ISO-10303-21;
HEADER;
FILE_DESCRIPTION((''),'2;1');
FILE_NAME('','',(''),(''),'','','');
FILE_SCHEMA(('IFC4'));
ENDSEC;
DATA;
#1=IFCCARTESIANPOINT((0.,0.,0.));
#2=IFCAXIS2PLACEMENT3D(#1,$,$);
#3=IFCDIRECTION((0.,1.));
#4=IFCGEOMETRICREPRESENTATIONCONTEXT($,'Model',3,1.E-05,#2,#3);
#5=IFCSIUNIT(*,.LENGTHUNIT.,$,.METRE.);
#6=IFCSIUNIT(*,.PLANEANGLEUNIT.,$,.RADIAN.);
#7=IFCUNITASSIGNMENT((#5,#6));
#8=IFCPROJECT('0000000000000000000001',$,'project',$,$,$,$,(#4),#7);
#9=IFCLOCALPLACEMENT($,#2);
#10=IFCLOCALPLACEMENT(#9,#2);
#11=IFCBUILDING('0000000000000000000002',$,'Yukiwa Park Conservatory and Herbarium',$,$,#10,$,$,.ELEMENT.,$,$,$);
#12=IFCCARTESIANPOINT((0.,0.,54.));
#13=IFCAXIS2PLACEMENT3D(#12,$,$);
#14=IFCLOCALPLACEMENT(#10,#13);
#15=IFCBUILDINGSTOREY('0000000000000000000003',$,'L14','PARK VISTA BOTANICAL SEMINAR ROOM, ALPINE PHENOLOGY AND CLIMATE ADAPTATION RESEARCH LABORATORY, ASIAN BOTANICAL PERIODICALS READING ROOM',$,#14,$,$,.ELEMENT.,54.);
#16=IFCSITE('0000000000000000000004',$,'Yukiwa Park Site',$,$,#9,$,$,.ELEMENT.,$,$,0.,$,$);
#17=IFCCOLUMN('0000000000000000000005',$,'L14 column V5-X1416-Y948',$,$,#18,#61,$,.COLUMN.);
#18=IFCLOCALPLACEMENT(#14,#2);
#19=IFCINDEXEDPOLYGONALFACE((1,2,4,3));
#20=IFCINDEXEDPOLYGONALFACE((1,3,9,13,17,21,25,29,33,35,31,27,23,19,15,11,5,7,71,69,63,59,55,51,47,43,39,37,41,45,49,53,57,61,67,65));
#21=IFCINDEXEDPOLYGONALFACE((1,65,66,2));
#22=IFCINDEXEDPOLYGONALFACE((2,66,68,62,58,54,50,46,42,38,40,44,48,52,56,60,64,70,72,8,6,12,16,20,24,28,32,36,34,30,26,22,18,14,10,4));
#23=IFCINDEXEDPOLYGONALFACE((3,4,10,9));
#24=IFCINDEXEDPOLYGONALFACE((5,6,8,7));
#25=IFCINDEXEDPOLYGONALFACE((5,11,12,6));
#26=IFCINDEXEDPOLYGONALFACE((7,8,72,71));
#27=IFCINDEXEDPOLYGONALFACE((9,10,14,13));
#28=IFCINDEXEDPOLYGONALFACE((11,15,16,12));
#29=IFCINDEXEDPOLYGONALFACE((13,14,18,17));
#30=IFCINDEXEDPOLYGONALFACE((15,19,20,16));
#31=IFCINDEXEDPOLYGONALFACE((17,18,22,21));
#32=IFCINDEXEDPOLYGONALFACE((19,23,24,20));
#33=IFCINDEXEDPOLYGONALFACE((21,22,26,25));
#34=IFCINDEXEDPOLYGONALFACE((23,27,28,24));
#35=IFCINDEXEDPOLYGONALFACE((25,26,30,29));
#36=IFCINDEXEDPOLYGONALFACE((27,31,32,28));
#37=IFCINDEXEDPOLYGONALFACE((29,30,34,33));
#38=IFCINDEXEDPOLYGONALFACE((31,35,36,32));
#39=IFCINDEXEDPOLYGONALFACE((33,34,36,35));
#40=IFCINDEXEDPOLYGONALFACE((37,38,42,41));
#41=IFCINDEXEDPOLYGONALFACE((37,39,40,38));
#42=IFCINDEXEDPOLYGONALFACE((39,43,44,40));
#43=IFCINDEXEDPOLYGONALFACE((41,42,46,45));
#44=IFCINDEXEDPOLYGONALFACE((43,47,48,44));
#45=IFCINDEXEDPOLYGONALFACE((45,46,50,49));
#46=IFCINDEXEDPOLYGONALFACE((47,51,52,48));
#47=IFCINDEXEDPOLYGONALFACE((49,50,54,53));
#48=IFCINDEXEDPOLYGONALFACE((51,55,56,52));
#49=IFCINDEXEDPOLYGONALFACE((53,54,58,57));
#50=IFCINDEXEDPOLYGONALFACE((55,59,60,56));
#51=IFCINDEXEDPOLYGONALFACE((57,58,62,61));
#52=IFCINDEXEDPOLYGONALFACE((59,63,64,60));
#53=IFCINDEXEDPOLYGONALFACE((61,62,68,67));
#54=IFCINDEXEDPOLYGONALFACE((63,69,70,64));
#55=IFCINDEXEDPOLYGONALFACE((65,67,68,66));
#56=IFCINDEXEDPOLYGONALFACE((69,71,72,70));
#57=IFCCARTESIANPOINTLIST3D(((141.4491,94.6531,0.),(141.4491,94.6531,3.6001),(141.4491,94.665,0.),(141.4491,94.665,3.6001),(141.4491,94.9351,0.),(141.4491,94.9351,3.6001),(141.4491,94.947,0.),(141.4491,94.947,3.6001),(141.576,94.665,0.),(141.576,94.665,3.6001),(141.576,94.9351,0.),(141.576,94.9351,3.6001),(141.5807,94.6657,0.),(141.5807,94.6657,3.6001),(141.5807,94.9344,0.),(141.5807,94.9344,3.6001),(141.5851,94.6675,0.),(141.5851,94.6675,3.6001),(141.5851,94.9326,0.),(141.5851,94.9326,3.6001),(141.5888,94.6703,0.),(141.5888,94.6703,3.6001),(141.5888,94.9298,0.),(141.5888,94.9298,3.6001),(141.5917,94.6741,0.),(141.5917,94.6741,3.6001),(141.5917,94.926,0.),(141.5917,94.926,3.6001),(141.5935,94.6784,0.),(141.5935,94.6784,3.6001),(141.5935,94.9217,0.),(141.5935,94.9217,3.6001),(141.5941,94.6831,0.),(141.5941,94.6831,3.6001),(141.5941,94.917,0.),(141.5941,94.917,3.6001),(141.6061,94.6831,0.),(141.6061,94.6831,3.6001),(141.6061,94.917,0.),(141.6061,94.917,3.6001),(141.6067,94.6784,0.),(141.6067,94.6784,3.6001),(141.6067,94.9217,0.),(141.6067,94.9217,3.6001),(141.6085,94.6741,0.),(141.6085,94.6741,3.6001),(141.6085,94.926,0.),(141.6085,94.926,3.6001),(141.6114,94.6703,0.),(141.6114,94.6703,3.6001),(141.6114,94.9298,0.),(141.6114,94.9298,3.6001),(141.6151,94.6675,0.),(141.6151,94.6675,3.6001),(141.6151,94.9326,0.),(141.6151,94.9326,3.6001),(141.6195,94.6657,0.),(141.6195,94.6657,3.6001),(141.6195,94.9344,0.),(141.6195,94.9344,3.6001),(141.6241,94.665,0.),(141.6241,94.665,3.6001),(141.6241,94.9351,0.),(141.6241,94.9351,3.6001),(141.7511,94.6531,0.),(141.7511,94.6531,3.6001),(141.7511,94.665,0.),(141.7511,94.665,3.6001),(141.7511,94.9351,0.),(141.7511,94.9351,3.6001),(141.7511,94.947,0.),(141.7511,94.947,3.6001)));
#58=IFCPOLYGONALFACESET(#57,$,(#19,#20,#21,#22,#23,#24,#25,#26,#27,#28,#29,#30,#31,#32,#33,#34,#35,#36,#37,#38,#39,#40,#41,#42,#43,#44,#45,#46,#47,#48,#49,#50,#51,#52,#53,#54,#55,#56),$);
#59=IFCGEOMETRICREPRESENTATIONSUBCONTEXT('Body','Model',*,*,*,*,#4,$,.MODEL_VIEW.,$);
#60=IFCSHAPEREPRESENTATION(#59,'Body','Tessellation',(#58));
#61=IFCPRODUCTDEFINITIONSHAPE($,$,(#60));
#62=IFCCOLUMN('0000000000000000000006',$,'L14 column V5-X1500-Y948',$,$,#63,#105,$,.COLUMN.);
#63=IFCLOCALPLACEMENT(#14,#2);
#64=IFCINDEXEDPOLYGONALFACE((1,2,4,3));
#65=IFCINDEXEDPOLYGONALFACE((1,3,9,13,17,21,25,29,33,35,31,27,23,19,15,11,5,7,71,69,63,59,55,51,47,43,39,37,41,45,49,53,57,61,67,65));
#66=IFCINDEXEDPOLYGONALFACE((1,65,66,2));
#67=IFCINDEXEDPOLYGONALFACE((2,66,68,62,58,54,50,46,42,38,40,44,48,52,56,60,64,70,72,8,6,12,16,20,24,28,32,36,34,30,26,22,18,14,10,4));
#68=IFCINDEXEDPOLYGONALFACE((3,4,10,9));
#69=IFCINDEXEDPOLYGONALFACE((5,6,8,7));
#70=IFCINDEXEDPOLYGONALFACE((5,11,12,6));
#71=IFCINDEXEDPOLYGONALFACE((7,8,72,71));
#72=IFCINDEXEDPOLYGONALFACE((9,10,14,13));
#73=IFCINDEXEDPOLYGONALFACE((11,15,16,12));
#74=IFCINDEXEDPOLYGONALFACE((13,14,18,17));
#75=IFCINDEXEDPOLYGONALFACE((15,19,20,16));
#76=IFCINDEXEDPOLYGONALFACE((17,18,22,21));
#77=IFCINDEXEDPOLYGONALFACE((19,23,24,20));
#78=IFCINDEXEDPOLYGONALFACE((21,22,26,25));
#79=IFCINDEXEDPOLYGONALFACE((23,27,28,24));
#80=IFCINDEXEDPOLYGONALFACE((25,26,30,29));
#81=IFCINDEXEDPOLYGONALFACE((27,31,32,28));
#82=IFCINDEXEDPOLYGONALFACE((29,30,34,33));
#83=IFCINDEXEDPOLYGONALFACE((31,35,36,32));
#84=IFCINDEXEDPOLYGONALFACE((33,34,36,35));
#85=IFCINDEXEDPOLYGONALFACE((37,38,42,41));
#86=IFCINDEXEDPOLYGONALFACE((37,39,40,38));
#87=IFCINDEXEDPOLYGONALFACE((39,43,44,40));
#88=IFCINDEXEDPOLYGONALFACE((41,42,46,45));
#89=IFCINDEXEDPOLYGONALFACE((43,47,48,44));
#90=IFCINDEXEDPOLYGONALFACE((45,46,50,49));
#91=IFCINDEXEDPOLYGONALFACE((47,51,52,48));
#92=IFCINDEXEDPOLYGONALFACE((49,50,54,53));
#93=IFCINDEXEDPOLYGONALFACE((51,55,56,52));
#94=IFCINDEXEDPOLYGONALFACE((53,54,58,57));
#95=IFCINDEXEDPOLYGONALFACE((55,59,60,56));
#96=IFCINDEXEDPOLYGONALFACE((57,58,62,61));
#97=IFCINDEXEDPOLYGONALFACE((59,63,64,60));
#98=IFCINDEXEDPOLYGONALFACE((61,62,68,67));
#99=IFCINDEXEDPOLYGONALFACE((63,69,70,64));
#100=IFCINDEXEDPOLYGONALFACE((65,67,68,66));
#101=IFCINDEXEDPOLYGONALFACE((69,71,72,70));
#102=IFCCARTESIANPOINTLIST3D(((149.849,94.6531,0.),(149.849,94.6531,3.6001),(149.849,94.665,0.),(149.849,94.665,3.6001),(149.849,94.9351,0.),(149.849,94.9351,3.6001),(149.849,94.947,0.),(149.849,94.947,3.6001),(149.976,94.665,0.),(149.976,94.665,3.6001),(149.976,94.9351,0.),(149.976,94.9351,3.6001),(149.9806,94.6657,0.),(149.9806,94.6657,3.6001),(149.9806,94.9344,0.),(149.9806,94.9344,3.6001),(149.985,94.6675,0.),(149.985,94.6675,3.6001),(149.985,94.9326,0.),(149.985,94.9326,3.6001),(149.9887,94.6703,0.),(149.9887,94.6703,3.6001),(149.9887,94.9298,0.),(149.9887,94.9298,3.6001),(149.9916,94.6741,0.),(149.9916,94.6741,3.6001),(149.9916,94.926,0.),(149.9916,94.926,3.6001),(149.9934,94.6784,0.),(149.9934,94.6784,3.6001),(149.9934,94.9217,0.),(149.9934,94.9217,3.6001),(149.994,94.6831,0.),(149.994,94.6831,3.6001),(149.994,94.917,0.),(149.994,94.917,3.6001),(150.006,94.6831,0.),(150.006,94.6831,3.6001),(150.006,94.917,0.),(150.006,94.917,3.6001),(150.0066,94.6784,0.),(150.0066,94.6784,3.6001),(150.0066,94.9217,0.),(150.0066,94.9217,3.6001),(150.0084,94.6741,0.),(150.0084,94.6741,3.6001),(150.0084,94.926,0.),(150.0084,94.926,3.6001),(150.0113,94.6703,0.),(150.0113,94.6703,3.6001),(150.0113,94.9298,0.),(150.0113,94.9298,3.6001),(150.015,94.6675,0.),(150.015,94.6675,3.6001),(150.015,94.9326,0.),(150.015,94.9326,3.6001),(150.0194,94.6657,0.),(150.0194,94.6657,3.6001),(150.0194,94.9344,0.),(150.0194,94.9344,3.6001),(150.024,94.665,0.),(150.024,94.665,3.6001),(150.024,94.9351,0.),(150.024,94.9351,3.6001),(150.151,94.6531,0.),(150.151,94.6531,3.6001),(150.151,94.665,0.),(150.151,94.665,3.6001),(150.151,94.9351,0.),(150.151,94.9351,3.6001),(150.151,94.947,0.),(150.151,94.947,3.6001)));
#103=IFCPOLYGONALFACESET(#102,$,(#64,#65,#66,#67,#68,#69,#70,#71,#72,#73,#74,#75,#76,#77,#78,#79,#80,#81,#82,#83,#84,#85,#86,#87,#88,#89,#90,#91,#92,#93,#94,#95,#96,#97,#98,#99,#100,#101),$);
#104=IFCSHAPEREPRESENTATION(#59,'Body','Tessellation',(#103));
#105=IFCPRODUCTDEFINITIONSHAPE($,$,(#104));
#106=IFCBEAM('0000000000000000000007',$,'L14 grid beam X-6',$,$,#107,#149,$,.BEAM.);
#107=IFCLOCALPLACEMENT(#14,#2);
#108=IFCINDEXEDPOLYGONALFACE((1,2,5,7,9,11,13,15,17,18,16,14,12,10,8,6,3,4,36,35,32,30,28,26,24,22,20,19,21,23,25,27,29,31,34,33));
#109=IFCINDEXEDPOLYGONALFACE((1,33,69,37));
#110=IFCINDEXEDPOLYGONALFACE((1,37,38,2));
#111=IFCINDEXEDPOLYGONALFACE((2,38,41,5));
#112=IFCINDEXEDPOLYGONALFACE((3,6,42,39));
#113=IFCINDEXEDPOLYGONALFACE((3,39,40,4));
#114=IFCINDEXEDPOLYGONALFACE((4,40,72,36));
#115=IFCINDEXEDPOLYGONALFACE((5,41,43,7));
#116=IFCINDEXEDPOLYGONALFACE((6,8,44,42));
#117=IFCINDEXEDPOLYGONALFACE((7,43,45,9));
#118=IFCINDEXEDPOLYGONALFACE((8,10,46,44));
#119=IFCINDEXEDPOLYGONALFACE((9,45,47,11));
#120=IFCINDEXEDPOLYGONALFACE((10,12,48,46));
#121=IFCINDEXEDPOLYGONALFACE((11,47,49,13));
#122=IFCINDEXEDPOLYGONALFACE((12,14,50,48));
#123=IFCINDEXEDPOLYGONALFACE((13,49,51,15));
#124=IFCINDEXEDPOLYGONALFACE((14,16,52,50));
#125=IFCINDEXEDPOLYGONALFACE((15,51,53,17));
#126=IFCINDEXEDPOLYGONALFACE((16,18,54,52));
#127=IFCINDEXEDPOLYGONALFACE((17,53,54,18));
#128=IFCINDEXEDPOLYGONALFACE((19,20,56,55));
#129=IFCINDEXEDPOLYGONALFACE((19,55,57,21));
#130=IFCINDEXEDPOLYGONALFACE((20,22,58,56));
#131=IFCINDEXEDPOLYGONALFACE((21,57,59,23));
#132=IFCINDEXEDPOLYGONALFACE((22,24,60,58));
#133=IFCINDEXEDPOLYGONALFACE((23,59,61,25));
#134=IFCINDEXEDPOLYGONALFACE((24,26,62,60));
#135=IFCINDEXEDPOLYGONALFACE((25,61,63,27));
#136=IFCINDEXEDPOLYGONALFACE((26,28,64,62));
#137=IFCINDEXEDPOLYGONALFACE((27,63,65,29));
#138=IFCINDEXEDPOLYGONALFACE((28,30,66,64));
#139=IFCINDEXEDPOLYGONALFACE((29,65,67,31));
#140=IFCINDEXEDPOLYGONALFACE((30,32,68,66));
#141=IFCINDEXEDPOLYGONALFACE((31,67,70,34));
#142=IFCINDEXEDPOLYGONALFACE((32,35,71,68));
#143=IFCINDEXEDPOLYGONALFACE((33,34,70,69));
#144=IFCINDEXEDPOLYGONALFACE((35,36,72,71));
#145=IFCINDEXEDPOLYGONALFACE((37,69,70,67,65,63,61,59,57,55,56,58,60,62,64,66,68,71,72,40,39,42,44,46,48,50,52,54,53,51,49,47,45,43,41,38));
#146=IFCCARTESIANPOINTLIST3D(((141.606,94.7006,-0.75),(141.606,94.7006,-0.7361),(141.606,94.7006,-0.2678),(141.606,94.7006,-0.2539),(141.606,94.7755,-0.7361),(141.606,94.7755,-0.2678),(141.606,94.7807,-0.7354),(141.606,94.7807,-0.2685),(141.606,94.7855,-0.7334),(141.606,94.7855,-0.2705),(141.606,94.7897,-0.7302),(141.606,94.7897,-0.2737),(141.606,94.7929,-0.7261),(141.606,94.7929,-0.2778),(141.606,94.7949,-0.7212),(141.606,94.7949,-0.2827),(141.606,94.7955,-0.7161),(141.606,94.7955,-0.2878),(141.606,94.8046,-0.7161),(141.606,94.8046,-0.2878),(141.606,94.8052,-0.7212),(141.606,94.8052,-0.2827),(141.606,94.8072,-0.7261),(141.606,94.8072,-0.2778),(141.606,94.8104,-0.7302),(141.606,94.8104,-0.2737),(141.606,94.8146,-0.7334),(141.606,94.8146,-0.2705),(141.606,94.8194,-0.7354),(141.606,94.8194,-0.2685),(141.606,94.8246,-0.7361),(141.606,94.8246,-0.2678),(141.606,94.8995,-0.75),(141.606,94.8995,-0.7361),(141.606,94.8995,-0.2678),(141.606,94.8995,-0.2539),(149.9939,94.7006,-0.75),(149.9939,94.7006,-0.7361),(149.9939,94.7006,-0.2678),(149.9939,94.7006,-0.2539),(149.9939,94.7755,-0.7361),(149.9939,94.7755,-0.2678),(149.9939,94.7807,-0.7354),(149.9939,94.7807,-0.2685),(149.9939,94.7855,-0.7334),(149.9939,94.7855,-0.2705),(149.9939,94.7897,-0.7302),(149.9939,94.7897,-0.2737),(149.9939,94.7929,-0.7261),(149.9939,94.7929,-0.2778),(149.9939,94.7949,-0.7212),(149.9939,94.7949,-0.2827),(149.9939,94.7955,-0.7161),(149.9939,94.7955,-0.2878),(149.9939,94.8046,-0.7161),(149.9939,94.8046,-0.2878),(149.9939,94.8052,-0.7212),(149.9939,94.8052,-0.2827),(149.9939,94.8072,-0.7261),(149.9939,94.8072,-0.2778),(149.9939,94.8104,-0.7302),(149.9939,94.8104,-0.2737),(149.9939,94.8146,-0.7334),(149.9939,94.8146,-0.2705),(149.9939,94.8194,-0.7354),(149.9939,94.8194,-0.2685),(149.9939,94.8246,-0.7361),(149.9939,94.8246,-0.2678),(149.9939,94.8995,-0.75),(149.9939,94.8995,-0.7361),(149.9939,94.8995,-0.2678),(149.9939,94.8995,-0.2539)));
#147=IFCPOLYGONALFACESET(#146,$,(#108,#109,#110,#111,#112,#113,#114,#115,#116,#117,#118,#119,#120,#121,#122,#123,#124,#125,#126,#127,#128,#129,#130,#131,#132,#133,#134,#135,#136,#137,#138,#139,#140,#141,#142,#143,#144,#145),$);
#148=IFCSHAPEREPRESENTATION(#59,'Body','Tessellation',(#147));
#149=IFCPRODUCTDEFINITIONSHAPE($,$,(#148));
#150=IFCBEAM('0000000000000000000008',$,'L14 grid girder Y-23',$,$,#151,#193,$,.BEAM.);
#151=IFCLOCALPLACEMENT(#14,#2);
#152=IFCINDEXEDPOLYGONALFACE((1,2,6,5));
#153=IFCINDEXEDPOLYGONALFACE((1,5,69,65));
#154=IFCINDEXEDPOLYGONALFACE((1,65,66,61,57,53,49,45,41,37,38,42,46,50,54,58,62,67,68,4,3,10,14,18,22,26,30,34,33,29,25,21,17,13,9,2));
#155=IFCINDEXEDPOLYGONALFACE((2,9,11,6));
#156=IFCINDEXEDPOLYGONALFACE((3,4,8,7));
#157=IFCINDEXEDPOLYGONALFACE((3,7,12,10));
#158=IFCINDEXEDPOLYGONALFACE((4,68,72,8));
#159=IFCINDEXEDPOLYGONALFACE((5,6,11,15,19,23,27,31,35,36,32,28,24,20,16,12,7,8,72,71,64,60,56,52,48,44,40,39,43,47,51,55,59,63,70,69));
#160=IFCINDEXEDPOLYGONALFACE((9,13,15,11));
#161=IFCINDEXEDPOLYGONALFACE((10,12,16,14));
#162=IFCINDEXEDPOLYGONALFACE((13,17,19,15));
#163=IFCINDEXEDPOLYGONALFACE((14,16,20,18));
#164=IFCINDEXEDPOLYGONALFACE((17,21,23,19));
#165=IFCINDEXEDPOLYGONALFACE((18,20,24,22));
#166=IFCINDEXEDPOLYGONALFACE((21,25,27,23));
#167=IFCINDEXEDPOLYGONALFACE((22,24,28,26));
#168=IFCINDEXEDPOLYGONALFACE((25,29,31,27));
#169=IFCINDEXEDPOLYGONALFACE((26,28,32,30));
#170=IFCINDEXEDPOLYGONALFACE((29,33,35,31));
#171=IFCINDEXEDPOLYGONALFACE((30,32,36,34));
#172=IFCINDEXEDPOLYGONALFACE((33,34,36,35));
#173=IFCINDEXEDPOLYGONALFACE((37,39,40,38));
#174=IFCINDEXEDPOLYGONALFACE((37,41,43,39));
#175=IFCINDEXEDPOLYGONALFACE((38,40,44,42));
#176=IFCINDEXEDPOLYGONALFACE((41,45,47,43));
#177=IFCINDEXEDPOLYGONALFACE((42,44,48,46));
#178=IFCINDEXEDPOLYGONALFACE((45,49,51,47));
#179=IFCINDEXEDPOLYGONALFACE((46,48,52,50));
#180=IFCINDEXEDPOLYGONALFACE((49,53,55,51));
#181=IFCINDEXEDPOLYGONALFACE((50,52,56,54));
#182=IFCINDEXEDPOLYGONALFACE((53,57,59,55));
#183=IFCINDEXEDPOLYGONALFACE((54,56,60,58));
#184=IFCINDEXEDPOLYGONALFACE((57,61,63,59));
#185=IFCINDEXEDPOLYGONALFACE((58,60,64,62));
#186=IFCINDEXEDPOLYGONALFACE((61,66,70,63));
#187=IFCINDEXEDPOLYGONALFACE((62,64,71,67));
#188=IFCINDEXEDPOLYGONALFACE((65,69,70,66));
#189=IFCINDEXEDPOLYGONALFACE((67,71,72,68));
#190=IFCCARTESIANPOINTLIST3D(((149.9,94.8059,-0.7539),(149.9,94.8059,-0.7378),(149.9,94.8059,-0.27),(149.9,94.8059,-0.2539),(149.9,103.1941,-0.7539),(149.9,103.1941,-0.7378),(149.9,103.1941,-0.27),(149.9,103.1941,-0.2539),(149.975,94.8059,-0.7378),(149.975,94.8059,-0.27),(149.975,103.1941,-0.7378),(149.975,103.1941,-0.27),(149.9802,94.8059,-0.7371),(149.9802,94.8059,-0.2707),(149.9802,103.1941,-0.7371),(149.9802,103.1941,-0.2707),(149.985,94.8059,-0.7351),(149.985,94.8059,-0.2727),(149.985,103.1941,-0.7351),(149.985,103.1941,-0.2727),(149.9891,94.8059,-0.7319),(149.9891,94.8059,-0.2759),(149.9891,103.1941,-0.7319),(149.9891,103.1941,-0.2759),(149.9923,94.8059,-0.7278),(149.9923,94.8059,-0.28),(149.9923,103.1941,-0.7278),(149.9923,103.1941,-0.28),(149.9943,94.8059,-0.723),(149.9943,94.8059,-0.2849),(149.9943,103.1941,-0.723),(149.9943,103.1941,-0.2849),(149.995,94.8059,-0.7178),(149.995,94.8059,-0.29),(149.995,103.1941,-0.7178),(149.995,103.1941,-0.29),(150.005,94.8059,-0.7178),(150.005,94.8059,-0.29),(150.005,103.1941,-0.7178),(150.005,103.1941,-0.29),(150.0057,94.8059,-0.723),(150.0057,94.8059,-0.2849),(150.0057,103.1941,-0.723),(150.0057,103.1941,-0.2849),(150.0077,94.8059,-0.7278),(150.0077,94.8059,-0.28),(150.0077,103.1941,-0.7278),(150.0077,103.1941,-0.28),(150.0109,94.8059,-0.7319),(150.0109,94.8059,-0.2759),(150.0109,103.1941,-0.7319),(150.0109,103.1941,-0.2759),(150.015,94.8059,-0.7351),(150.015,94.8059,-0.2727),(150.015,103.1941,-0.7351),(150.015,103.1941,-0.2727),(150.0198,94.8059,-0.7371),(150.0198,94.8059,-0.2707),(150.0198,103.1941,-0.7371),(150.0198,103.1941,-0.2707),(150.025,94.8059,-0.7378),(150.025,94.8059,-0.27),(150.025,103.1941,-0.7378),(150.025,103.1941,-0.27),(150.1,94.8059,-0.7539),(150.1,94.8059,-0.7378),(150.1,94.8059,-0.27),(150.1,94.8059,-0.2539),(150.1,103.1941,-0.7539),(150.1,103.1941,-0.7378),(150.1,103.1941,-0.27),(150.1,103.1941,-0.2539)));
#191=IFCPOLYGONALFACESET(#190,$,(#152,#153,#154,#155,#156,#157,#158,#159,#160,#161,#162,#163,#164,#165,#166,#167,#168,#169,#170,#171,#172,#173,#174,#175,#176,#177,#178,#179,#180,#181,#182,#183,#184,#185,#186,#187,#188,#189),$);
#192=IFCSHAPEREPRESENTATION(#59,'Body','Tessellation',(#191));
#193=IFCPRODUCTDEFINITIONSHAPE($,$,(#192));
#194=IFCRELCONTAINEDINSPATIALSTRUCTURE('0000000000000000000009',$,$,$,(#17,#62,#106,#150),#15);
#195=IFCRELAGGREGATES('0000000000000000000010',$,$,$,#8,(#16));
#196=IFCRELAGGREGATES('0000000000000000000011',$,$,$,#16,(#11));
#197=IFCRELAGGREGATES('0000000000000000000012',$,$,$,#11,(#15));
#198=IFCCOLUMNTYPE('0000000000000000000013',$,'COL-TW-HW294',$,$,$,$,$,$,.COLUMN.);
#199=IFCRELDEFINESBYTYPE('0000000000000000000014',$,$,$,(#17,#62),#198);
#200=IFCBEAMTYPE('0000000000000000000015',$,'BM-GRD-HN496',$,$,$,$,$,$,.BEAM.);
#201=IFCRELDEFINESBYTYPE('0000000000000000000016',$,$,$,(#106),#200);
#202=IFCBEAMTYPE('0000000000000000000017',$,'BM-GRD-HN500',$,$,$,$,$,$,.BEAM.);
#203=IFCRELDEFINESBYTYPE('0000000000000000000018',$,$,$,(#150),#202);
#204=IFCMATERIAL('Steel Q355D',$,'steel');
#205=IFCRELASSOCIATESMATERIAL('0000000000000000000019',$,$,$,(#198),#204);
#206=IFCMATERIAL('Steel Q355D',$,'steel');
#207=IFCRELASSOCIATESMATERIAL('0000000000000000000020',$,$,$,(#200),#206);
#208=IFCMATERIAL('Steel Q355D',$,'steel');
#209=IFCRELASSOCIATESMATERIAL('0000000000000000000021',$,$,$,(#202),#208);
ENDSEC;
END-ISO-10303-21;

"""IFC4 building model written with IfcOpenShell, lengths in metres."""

from ifc_helpers import new_model, si_unit, direction, frame, origin, origin_2d, place, context, subcontext, project, spatial, i_section, extrude, material, material_profile, profile_set, type_object, element, save


model = new_model("IFC4")

# Units and contexts
model_context = context("Model", 3, precision=1e-05, world=origin(), true_north=direction((0.0, 1.0)))
body_context = subcontext(model_context, "Body", "Model", "MODEL_VIEW")
ifc_project = project(units=[si_unit("LENGTHUNIT", "METRE"), si_unit("PLANEANGLEUNIT", "RADIAN")], contexts=[model_context])

# Site, building, storey
site_placement = place(None, origin())
site = spatial("IfcSite", under=ifc_project, at=site_placement, Name="Yukiwa Park Site", CompositionType="ELEMENT", RefElevation=0.0)
building_placement = place(site_placement, origin())
building = spatial("IfcBuilding", under=site, at=building_placement, Name="Yukiwa Park Conservatory and Herbarium", CompositionType="ELEMENT")
storey_placement = place(building_placement, frame((0.0, 0.0, 54.0)))
storey = spatial("IfcBuildingStorey", under=building, at=storey_placement, Name="L14", Description="PARK VISTA BOTANICAL SEMINAR ROOM, ALPINE PHENOLOGY AND CLIMATE ADAPTATION RESEARCH LABORATORY, ASIAN BOTANICAL PERIODICALS READING ROOM", CompositionType="ELEMENT", Elevation=54.0)

# Columns
ifc_material_1 = material(Name="Steel Q355D", Category="steel")
ifc_material_profile_1 = material_profile(ifc_material_1, i_section(OverallWidth=0.302, OverallDepth=0.2939, WebThickness=0.012, FlangeThickness=0.012, FilletRadius=0.0181, at=origin_2d()), Name="HW 294x302x12x12")
ifc_profile_set_1 = profile_set([ifc_material_profile_1], Name="Steel Q355D")
column_type = type_object("IfcColumnType", Name="COL-TW-HW294", PredefinedType="COLUMN", material=ifc_profile_set_1)
for number, where, z_axis, x_axis, name in (
    (1, (141.6001, 94.8, 0.0), (0.0, 0.0, 1.0), (1.0, 0.0, 0.0), "L14 column V5-X1416-Y948"),
    (2, (150.0, 94.8, 0.0), (0.0, 0.0, 1.0), (1.0, 0.0, 0.0), "L14 column V5-X1500-Y948"),
):
    element("IfcColumn", number, at=place(storey_placement, frame(where, z_axis=z_axis, x_axis=x_axis)), inside=storey, type_object=column_type, Name=name, PredefinedType="COLUMN", context=body_context, shape_type="SweptSolid", body=[
        extrude(i_section(OverallWidth=0.302, OverallDepth=0.2939, WebThickness=0.012, FlangeThickness=0.012, FilletRadius=0.0181, at=origin_2d()), origin(), (0.0, 0.0, 1.0), 3.6001),
    ])

# Beams
ifc_material_2 = material(Name="Steel Q355D", Category="steel")
ifc_material_profile_2 = material_profile(ifc_material_2, i_section(OverallWidth=0.199, OverallDepth=0.4961, WebThickness=0.009, FlangeThickness=0.0139, FilletRadius=0.02, at=origin_2d()), Name="HN 496x199x9x14")
ifc_profile_set_2 = profile_set([ifc_material_profile_2], Name="Steel Q355D")
beam_type_1 = type_object("IfcBeamType", Name="BM-GRD-HN496", PredefinedType="BEAM", material=ifc_profile_set_2)
beam_1_placement = place(storey_placement, frame((141.606, 94.8, -0.502), z_axis=(1.0, 0.0, 0.0), x_axis=(0.0, 1.0, 0.0)))
element("IfcBeam", 3, at=beam_1_placement, inside=storey, type_object=beam_type_1, Name="L14 grid beam X-6", PredefinedType="BEAM", context=body_context, shape_type="SweptSolid", body=[
    extrude(i_section(OverallWidth=0.199, OverallDepth=0.4961, WebThickness=0.009, FlangeThickness=0.0139, FilletRadius=0.02, at=origin_2d()), origin(), (0.0, 0.0, 1.0), 8.3879),
])
ifc_material_3 = material(Name="Steel Q355D", Category="steel")
ifc_material_profile_3 = material_profile(ifc_material_3, i_section(OverallWidth=0.2, OverallDepth=0.5, WebThickness=0.01, FlangeThickness=0.0161, FilletRadius=0.02, at=origin_2d()), Name="HN 500x200x10x16")
ifc_profile_set_3 = profile_set([ifc_material_profile_3], Name="Steel Q355D")
beam_type_2 = type_object("IfcBeamType", Name="BM-GRD-HN500", PredefinedType="BEAM", material=ifc_profile_set_3)
beam_2_placement = place(storey_placement, frame((150.0, 94.8059, -0.5039), z_axis=(0.0, 1.0, 0.0), x_axis=(-1.0, 0.0, 0.0)))
element("IfcBeam", 4, at=beam_2_placement, inside=storey, type_object=beam_type_2, Name="L14 grid girder Y-23", PredefinedType="BEAM", context=body_context, shape_type="SweptSolid", body=[
    extrude(i_section(OverallWidth=0.2, OverallDepth=0.5, WebThickness=0.01, FlangeThickness=0.0161, FilletRadius=0.02, at=origin_2d()), origin(), (0.0, 0.0, 1.0), 8.3882),
])

save(model, "model.ifc")
